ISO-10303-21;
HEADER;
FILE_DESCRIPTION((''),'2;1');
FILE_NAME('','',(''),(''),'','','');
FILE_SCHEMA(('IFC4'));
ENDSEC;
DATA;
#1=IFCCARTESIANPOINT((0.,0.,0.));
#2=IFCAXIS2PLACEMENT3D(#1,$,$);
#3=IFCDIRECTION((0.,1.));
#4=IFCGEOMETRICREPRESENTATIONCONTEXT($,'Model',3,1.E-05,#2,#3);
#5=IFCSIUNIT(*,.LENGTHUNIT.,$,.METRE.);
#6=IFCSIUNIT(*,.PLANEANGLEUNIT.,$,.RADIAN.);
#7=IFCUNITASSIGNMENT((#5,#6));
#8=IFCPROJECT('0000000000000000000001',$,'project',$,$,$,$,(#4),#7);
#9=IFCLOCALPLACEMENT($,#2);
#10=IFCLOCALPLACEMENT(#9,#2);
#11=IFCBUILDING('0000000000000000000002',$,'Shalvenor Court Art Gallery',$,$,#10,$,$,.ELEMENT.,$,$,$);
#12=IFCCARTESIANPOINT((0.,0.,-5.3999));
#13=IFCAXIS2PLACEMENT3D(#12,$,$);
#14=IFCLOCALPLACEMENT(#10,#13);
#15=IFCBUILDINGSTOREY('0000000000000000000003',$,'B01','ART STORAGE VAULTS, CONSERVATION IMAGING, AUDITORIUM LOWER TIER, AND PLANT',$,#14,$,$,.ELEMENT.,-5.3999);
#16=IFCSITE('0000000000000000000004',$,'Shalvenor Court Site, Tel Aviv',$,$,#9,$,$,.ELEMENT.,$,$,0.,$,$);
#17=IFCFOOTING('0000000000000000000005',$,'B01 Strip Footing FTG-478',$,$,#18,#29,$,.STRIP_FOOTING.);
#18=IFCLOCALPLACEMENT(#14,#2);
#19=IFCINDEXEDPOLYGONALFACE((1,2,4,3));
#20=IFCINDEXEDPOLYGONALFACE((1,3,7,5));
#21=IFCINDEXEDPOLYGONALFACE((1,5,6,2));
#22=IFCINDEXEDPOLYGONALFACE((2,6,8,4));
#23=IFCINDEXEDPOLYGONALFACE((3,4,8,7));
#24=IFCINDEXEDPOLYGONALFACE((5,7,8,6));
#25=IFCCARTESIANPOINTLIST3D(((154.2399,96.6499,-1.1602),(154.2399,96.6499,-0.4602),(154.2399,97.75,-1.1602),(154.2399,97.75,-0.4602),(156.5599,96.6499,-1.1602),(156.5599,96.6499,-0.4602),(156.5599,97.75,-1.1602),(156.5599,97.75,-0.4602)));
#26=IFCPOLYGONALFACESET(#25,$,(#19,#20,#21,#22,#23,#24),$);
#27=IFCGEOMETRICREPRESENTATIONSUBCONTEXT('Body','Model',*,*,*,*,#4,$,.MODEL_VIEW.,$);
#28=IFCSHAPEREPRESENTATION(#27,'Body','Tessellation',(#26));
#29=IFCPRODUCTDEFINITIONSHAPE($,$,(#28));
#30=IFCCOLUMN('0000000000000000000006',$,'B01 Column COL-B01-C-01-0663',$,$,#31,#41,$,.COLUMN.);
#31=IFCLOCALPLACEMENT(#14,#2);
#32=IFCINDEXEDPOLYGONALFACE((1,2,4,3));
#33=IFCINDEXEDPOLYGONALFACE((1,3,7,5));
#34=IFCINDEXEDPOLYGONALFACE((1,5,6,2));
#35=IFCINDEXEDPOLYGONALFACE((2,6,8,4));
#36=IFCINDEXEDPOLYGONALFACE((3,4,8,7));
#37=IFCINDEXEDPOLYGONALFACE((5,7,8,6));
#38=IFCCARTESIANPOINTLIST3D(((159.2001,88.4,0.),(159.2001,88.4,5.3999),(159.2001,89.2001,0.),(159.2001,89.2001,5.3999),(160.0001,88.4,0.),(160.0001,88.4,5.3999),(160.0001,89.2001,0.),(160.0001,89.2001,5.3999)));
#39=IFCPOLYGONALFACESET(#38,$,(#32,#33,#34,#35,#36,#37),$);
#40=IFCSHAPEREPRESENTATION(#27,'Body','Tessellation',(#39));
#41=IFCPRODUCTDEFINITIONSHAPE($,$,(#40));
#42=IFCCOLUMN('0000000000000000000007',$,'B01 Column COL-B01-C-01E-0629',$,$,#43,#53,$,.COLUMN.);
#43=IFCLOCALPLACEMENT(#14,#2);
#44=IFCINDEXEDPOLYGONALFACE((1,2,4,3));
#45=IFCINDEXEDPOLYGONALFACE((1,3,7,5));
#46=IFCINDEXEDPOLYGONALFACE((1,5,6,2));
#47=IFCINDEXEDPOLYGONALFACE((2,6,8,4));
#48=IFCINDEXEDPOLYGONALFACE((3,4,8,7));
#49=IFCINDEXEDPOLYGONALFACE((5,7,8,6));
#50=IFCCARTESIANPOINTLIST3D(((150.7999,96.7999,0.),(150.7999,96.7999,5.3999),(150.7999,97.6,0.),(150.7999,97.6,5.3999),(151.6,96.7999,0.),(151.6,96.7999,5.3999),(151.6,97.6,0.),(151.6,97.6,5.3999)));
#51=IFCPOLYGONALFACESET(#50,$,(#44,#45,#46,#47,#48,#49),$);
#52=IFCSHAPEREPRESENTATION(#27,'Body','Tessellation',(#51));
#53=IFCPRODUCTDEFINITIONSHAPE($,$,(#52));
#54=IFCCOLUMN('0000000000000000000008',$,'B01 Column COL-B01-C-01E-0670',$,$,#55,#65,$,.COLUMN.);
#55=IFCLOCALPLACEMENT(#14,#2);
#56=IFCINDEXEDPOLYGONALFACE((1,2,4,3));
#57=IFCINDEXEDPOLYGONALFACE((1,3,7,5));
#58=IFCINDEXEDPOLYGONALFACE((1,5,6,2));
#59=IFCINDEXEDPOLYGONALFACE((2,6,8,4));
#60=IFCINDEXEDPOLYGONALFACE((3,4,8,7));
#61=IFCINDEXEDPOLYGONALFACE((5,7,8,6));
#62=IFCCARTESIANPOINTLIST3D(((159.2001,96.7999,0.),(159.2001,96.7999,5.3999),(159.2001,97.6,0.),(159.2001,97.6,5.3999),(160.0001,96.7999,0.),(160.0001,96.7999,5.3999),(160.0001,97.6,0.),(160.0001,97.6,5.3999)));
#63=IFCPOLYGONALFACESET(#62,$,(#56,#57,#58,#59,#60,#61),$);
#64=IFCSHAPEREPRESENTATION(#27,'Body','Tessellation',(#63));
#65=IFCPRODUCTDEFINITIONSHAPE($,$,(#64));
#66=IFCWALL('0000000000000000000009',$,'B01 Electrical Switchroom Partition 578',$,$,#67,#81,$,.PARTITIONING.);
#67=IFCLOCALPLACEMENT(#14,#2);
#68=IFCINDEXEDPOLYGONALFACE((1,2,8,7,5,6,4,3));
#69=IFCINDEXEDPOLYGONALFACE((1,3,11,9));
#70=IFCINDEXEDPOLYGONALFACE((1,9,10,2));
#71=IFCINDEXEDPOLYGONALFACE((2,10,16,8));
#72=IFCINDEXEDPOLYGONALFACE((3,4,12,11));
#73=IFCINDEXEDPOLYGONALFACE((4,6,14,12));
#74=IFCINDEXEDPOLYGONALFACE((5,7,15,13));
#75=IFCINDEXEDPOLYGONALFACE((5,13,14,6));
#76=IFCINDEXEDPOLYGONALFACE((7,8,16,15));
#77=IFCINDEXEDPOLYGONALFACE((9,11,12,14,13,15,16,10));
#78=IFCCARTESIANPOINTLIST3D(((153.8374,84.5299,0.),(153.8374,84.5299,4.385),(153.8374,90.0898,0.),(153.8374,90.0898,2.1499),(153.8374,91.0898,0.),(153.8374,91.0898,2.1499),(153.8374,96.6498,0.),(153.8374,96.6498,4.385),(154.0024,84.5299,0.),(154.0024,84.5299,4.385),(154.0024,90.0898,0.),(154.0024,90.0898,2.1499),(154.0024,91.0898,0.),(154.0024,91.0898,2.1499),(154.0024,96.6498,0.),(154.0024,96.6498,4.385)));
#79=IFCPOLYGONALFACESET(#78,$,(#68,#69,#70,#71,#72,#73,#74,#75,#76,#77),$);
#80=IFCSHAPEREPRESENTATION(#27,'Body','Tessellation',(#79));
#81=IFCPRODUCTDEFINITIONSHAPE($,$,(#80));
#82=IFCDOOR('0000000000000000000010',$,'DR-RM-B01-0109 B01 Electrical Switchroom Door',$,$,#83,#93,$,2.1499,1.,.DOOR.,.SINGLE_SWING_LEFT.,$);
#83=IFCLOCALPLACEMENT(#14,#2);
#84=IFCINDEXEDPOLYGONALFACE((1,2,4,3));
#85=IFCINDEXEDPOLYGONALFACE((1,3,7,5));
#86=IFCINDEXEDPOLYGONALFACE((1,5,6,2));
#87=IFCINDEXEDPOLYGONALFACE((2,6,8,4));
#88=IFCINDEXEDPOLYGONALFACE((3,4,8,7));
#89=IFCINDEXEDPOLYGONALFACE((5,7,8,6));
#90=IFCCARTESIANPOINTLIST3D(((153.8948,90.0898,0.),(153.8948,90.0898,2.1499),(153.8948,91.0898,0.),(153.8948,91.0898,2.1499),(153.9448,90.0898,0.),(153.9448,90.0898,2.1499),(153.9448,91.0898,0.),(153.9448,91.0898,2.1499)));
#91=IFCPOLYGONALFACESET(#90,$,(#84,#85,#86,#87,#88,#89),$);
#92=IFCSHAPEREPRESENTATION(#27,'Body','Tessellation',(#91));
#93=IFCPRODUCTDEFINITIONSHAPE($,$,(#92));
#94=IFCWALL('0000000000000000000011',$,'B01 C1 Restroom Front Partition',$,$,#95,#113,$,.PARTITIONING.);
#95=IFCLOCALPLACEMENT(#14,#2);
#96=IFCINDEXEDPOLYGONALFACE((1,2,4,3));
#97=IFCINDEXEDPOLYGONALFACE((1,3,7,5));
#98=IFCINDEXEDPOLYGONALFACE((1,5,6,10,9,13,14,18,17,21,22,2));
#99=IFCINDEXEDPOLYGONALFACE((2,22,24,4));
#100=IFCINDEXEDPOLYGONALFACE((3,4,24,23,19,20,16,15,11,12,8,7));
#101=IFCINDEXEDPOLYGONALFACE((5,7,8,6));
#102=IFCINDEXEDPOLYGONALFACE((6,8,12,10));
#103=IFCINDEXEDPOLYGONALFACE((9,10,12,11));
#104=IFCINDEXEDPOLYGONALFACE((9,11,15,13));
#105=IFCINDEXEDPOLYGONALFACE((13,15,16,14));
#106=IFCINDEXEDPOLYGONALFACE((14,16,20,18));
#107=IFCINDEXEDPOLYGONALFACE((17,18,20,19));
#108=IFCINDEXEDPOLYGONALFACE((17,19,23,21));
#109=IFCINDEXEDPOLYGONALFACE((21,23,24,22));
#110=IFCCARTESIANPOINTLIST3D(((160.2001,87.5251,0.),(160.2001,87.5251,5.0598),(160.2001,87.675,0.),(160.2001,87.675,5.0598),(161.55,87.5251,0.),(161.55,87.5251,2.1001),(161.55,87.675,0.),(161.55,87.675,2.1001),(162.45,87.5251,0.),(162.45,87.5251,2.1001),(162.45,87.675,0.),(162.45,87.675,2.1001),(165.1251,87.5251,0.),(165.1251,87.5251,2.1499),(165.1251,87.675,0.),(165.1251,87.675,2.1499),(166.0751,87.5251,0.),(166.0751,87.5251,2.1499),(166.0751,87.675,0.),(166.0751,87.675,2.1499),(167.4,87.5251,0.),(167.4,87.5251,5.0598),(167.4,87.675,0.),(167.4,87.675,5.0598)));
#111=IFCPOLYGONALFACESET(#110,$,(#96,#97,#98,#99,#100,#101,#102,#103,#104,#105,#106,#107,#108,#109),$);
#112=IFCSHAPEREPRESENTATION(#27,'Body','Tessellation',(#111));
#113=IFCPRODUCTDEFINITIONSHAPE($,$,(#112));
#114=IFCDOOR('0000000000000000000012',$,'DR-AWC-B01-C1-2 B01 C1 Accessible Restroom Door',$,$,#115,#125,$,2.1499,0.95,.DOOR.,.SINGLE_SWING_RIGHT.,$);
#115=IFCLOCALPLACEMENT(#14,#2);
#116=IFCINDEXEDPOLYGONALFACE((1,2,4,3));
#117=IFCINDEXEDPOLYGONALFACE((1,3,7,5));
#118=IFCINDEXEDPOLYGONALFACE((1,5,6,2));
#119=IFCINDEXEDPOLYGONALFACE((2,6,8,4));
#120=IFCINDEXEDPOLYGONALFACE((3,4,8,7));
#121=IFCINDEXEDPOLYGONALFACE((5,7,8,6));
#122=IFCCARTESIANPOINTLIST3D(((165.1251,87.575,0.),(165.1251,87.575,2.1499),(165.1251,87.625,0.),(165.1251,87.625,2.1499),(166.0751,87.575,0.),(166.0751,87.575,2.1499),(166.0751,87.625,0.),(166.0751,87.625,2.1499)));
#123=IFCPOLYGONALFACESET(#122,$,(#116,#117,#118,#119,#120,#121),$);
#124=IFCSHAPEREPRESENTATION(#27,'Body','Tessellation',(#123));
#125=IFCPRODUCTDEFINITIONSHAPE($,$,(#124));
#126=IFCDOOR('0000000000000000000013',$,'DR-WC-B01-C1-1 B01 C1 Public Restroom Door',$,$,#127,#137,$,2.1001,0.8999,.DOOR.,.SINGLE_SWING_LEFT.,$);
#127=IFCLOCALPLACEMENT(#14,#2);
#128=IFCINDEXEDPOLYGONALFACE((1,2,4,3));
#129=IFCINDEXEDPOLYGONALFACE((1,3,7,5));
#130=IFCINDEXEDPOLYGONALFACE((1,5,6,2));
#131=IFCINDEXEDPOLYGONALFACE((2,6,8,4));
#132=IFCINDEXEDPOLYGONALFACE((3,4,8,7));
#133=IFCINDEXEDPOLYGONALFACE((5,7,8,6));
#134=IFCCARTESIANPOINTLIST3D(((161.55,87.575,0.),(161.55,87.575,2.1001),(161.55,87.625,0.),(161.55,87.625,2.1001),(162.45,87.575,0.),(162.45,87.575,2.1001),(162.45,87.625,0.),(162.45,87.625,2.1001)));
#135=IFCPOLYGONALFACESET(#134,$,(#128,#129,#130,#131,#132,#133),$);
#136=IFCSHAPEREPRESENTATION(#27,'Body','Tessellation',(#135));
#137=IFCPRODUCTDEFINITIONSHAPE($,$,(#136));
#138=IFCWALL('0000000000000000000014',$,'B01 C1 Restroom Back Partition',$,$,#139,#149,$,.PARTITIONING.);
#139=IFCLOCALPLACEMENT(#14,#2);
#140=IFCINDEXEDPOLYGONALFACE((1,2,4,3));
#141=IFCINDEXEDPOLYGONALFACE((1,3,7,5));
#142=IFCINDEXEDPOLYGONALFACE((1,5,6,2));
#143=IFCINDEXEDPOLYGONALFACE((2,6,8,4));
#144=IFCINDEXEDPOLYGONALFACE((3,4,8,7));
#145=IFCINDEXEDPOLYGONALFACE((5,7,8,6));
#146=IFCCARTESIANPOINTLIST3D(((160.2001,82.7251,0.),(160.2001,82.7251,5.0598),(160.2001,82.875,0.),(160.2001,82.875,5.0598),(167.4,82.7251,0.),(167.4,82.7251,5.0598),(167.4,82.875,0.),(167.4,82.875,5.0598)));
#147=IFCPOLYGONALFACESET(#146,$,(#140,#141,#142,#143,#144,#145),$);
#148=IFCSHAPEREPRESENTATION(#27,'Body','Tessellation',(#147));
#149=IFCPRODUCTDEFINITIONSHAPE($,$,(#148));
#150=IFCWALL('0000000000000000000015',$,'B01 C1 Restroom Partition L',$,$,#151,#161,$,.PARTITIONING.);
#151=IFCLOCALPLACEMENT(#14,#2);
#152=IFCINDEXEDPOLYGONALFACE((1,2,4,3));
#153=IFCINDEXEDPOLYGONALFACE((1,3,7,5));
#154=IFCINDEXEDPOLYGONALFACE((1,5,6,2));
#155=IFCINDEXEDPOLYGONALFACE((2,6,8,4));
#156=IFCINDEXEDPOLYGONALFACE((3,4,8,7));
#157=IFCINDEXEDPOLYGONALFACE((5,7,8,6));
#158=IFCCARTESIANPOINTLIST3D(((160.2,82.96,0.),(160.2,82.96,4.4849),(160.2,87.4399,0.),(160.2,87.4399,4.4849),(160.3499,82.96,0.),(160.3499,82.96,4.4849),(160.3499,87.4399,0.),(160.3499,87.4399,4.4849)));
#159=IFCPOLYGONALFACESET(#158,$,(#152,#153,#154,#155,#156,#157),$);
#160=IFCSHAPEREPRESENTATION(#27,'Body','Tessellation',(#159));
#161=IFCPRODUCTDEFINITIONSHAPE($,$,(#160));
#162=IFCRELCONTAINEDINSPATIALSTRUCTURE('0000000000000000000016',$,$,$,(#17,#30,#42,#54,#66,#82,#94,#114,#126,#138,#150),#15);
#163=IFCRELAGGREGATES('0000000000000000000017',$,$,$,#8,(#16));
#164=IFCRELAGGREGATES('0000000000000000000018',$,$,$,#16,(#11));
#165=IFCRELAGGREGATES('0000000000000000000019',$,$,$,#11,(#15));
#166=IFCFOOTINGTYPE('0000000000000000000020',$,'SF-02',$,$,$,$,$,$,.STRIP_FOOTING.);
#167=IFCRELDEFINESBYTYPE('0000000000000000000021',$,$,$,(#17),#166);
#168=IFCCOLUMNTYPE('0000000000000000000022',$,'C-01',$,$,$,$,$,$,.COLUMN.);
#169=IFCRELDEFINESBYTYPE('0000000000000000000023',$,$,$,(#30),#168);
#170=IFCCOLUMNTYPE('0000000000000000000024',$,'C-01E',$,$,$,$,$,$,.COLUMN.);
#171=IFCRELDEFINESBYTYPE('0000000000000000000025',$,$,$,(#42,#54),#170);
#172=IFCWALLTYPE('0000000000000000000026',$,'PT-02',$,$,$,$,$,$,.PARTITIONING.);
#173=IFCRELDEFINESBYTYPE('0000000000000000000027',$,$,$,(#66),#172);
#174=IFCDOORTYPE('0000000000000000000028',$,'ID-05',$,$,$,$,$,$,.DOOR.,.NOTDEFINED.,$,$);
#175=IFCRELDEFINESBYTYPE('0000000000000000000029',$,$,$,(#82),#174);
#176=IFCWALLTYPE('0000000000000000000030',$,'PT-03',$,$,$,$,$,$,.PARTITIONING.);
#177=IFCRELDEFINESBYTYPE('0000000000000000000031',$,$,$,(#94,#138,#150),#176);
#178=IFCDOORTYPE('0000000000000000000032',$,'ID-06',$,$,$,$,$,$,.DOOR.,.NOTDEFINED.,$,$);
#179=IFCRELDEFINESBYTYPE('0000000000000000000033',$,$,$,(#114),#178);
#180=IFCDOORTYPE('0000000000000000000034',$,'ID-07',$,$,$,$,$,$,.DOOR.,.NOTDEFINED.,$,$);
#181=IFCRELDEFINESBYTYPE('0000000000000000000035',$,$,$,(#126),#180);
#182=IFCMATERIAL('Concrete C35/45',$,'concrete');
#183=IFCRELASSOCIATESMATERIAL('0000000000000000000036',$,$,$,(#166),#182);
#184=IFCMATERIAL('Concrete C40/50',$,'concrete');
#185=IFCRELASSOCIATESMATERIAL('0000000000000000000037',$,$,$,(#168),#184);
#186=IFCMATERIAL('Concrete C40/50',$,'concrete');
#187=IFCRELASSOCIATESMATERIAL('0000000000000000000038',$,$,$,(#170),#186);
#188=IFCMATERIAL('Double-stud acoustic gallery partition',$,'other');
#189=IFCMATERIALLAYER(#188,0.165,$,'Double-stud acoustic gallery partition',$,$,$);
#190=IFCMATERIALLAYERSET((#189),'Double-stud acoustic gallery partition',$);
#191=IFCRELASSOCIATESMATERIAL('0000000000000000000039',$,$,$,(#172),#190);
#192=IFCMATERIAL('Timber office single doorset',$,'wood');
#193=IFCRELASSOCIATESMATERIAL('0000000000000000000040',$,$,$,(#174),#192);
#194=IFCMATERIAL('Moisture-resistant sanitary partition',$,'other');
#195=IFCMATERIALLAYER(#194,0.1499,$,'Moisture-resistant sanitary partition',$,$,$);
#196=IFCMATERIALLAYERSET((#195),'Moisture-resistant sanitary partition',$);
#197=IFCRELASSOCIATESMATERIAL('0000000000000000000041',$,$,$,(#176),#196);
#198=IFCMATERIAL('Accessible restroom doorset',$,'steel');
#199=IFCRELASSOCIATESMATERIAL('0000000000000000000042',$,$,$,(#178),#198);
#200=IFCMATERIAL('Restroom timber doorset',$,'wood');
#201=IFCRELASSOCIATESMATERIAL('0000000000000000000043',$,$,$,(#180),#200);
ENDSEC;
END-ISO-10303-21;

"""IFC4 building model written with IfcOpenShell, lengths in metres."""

from ifc_helpers import new_model, si_unit, direction, frame, frame_2d, origin, origin_2d, place, context, subcontext, project, spatial, rectangle, extrude, material, layer, layer_set, material_profile, profile_set, type_object, element, fill, save


model = new_model("IFC4")

# Units and contexts
model_context = context("Model", 3, precision=1e-05, world=origin(), true_north=direction((0.0, 1.0)))
body_context = subcontext(model_context, "Body", "Model", "MODEL_VIEW")
ifc_project = project(units=[si_unit("LENGTHUNIT", "METRE"), si_unit("PLANEANGLEUNIT", "RADIAN")], contexts=[model_context])

# Site, building, storey
site_placement = place(None, origin())
site = spatial("IfcSite", under=ifc_project, at=site_placement, Name="Shalvenor Court Site, Tel Aviv", CompositionType="ELEMENT", RefElevation=0.0)
building_placement = place(site_placement, origin())
building = spatial("IfcBuilding", under=site, at=building_placement, Name="Shalvenor Court Art Gallery", CompositionType="ELEMENT")
storey_placement = place(building_placement, frame((0.0, 0.0, -5.3999)))
storey = spatial("IfcBuildingStorey", under=building, at=storey_placement, Name="B01", Description="ART STORAGE VAULTS, CONSERVATION IMAGING, AUDITORIUM LOWER TIER, AND PLANT", CompositionType="ELEMENT", Elevation=-5.3999)

# Footing
ifc_material_1 = material(Name="Concrete C35/45", Category="concrete")
footing_type_1 = type_object("IfcFootingType", Name="SF-02", PredefinedType="STRIP_FOOTING", material=ifc_material_1)
footing_1_placement = place(storey_placement, frame((155.3999, 97.2, -1.1602), z_axis=(0.0, 0.0, 1.0), x_axis=(1.0, 0.0, 0.0)))
element("IfcFooting", 1, at=footing_1_placement, inside=storey, type_object=footing_type_1, Name="B01 Strip Footing FTG-478", PredefinedType="STRIP_FOOTING", context=body_context, shape_type="SweptSolid", body=[
    extrude(rectangle(XDim=2.3201, YDim=1.1001, at=origin_2d()), origin(), (0.0, 0.0, 1.0), 0.7),
])

# Columns
ifc_material_2 = material(Name="Concrete C40/50", Category="concrete")
ifc_material_profile_1 = material_profile(ifc_material_2, rectangle(XDim=0.8, YDim=0.8, at=origin_2d()), Name="RC 800x800")
ifc_profile_set_1 = profile_set([ifc_material_profile_1], Name="Concrete C40/50")
column_type_1 = type_object("IfcColumnType", Name="C-01", PredefinedType="COLUMN", material=ifc_profile_set_1)
column_placement = place(storey_placement, frame((159.6001, 88.8, 0.0), z_axis=(0.0, 0.0, 1.0), x_axis=(1.0, 0.0, 0.0)))
element("IfcColumn", 2, at=column_placement, inside=storey, type_object=column_type_1, Name="B01 Column COL-B01-C-01-0663", PredefinedType="COLUMN", context=body_context, shape_type="SweptSolid", body=[
    extrude(rectangle(XDim=0.8, YDim=0.8, at=origin_2d()), origin(), (0.0, 0.0, 1.0), 5.3999),
])
ifc_material_3 = material(Name="Concrete C40/50", Category="concrete")
ifc_material_profile_2 = material_profile(ifc_material_3, rectangle(XDim=0.8, YDim=0.8, at=origin_2d()), Name="RC 800x800")
ifc_profile_set_2 = profile_set([ifc_material_profile_2], Name="Concrete C40/50")
column_type_2 = type_object("IfcColumnType", Name="C-01E", PredefinedType="COLUMN", material=ifc_profile_set_2)
for number, where, z_axis, x_axis, name in (
    (3, (151.2, 97.2, 0.0), (0.0, 0.0, 1.0), (1.0, 0.0, 0.0), "B01 Column COL-B01-C-01E-0629"),
    (4, (159.6001, 97.2, 0.0), (0.0, 0.0, 1.0), (1.0, 0.0, 0.0), "B01 Column COL-B01-C-01E-0670"),
):
    element("IfcColumn", number, at=place(storey_placement, frame(where, z_axis=z_axis, x_axis=x_axis)), inside=storey, type_object=column_type_2, Name=name, PredefinedType="COLUMN", context=body_context, shape_type="SweptSolid", body=[
        extrude(rectangle(XDim=0.8, YDim=0.8, at=origin_2d()), origin(), (0.0, 0.0, 1.0), 5.3999),
    ])

# Wall, opening, door
ifc_material_4 = material(Name="Double-stud acoustic gallery partition", Category="other")
ifc_layer_1 = layer(ifc_material_4, 0.165, Name="Double-stud acoustic gallery partition")
ifc_layer_set_1 = layer_set([ifc_layer_1], Name="Double-stud acoustic gallery partition")
wall_type_1 = type_object("IfcWallType", Name="PT-02", PredefinedType="PARTITIONING", material=ifc_layer_set_1)
wall_1_placement = place(storey_placement, frame((153.9199, 96.6499, 0.0), z_axis=(0.0, 0.0, 1.0), x_axis=(0.0, -1.0, 0.0)))
wall_1 = element("IfcWall", 5, at=wall_1_placement, inside=storey, type_object=wall_type_1, Name="B01 Electrical Switchroom Partition 578", PredefinedType="PARTITIONING", context=body_context, shape_type="SweptSolid", body=[
    extrude(rectangle(XDim=12.1199, YDim=0.165, at=frame_2d((6.0601, 0.0))), origin(), (0.0, 0.0, 1.0), 4.385),
])
opening_1_placement = place(wall_1_placement, frame((5.5601, 0.0, 0.0)))
opening_1 = element("IfcOpeningElement", 6, at=opening_1_placement, cuts=wall_1, PredefinedType="OPENING", context=body_context, shape_type="SweptSolid", body=[
    extrude(rectangle(XDim=1.0, YDim=2.1499, at=frame_2d((0.5, 1.075))), frame((0.0, 0.0925, 0.0), z_axis=(0.0, -1.0, 0.0), x_axis=(1.0, 0.0, 0.0)), (0.0, 0.0, 1.0), 0.1851),
])
ifc_material_5 = material(Name="Timber office single doorset", Category="wood")
door_type_1 = type_object("IfcDoorType", Name="ID-05", OperationType="NOTDEFINED", PredefinedType="DOOR", material=ifc_material_5)
door_1_placement = place(opening_1_placement, origin())
door_1 = element("IfcDoor", 7, at=door_1_placement, inside=storey, type_object=door_type_1, Name="DR-RM-B01-0109 B01 Electrical Switchroom Door", OperationType="SINGLE_SWING_LEFT", OverallHeight=2.1499, OverallWidth=1.0, PredefinedType="DOOR", context=body_context, shape_type="SweptSolid", body=[
    extrude(rectangle(XDim=1.0, YDim=2.1499, at=frame_2d((0.5, 1.075))), frame((0.0, 0.0249, 0.0), z_axis=(0.0, -1.0, 0.0), x_axis=(1.0, 0.0, 0.0)), (0.0, 0.0, 1.0), 0.05),
])
fill(opening_1, door_1)

# Wall, openings, doors
ifc_material_6 = material(Name="Moisture-resistant sanitary partition", Category="other")
ifc_layer_2 = layer(ifc_material_6, 0.1499, Name="Moisture-resistant sanitary partition")
ifc_layer_set_2 = layer_set([ifc_layer_2], Name="Moisture-resistant sanitary partition")
wall_type_2 = type_object("IfcWallType", Name="PT-03", PredefinedType="PARTITIONING", material=ifc_layer_set_2)
wall_2_placement = place(storey_placement, frame((160.2, 87.6001, 0.0), z_axis=(0.0, 0.0, 1.0), x_axis=(1.0, 0.0, 0.0)))
wall_2 = element("IfcWall", 8, at=wall_2_placement, inside=storey, type_object=wall_type_2, Name="B01 C1 Restroom Front Partition", PredefinedType="PARTITIONING", context=body_context, shape_type="SweptSolid", body=[
    extrude(rectangle(XDim=7.2, YDim=0.1499, at=frame_2d((3.6001, 0.0))), origin(), (0.0, 0.0, 1.0), 5.0598),
])
opening_2_placement = place(wall_2_placement, frame((1.3501, 0.0, 0.0)))
opening_2 = element("IfcOpeningElement", 9, at=opening_2_placement, cuts=wall_2, PredefinedType="OPENING", context=body_context, shape_type="SweptSolid", body=[
    extrude(rectangle(XDim=0.8999, YDim=2.1001, at=frame_2d((0.45, 1.05))), frame((0.0, 0.085, 0.0), z_axis=(0.0, -1.0, 0.0), x_axis=(1.0, 0.0, 0.0)), (0.0, 0.0, 1.0), 0.1699),
])
opening_3_placement = place(wall_2_placement, frame((4.925, 0.0, 0.0)))
opening_3 = element("IfcOpeningElement", 10, at=opening_3_placement, cuts=wall_2, PredefinedType="OPENING", context=body_context, shape_type="SweptSolid", body=[
    extrude(rectangle(XDim=0.95, YDim=2.1499, at=frame_2d((0.4751, 1.075))), frame((0.0, 0.085, 0.0), z_axis=(0.0, -1.0, 0.0), x_axis=(1.0, 0.0, 0.0)), (0.0, 0.0, 1.0), 0.1699),
])
ifc_material_7 = material(Name="Accessible restroom doorset", Category="steel")
door_type_2 = type_object("IfcDoorType", Name="ID-06", OperationType="NOTDEFINED", PredefinedType="DOOR", material=ifc_material_7)
door_2_placement = place(opening_3_placement, origin())
door_2 = element("IfcDoor", 11, at=door_2_placement, inside=storey, type_object=door_type_2, Name="DR-AWC-B01-C1-2 B01 C1 Accessible Restroom Door", OperationType="SINGLE_SWING_RIGHT", OverallHeight=2.1499, OverallWidth=0.95, PredefinedType="DOOR", context=body_context, shape_type="SweptSolid", body=[
    extrude(rectangle(XDim=0.95, YDim=2.1499, at=frame_2d((0.4751, 1.075))), frame((0.0, 0.0249, 0.0), z_axis=(0.0, -1.0, 0.0), x_axis=(1.0, 0.0, 0.0)), (0.0, 0.0, 1.0), 0.05),
])
fill(opening_3, door_2)
ifc_material_8 = material(Name="Restroom timber doorset", Category="wood")
door_type_3 = type_object("IfcDoorType", Name="ID-07", OperationType="NOTDEFINED", PredefinedType="DOOR", material=ifc_material_8)
door_3_placement = place(opening_2_placement, origin())
door_3 = element("IfcDoor", 12, at=door_3_placement, inside=storey, type_object=door_type_3, Name="DR-WC-B01-C1-1 B01 C1 Public Restroom Door", OperationType="SINGLE_SWING_LEFT", OverallHeight=2.1001, OverallWidth=0.8999, PredefinedType="DOOR", context=body_context, shape_type="SweptSolid", body=[
    extrude(rectangle(XDim=0.8999, YDim=2.1001, at=frame_2d((0.45, 1.05))), frame((0.0, 0.0249, 0.0), z_axis=(0.0, -1.0, 0.0), x_axis=(1.0, 0.0, 0.0)), (0.0, 0.0, 1.0), 0.05),
])
fill(opening_2, door_3)

# Walls
wall_3_placement = place(storey_placement, frame((160.2, 82.8, 0.0), z_axis=(0.0, 0.0, 1.0), x_axis=(1.0, 0.0, 0.0)))
element("IfcWall", 13, at=wall_3_placement, inside=storey, type_object=wall_type_2, Name="B01 C1 Restroom Back Partition", PredefinedType="PARTITIONING", context=body_context, shape_type="SweptSolid", body=[
    extrude(rectangle(XDim=7.2, YDim=0.1499, at=frame_2d((3.6001, 0.0))), origin(), (0.0, 0.0, 1.0), 5.0598),
])
wall_4_placement = place(storey_placement, frame((160.2749, 82.96, 0.0), z_axis=(0.0, 0.0, 1.0), x_axis=(0.0, 1.0, 0.0)))
element("IfcWall", 14, at=wall_4_placement, inside=storey, type_object=wall_type_2, Name="B01 C1 Restroom Partition L", PredefinedType="PARTITIONING", context=body_context, shape_type="SweptSolid", body=[
    extrude(rectangle(XDim=4.48, YDim=0.1499, at=frame_2d((2.24, 0.0))), origin(), (0.0, 0.0, 1.0), 4.4849),
])

save(model, "model.ifc")
